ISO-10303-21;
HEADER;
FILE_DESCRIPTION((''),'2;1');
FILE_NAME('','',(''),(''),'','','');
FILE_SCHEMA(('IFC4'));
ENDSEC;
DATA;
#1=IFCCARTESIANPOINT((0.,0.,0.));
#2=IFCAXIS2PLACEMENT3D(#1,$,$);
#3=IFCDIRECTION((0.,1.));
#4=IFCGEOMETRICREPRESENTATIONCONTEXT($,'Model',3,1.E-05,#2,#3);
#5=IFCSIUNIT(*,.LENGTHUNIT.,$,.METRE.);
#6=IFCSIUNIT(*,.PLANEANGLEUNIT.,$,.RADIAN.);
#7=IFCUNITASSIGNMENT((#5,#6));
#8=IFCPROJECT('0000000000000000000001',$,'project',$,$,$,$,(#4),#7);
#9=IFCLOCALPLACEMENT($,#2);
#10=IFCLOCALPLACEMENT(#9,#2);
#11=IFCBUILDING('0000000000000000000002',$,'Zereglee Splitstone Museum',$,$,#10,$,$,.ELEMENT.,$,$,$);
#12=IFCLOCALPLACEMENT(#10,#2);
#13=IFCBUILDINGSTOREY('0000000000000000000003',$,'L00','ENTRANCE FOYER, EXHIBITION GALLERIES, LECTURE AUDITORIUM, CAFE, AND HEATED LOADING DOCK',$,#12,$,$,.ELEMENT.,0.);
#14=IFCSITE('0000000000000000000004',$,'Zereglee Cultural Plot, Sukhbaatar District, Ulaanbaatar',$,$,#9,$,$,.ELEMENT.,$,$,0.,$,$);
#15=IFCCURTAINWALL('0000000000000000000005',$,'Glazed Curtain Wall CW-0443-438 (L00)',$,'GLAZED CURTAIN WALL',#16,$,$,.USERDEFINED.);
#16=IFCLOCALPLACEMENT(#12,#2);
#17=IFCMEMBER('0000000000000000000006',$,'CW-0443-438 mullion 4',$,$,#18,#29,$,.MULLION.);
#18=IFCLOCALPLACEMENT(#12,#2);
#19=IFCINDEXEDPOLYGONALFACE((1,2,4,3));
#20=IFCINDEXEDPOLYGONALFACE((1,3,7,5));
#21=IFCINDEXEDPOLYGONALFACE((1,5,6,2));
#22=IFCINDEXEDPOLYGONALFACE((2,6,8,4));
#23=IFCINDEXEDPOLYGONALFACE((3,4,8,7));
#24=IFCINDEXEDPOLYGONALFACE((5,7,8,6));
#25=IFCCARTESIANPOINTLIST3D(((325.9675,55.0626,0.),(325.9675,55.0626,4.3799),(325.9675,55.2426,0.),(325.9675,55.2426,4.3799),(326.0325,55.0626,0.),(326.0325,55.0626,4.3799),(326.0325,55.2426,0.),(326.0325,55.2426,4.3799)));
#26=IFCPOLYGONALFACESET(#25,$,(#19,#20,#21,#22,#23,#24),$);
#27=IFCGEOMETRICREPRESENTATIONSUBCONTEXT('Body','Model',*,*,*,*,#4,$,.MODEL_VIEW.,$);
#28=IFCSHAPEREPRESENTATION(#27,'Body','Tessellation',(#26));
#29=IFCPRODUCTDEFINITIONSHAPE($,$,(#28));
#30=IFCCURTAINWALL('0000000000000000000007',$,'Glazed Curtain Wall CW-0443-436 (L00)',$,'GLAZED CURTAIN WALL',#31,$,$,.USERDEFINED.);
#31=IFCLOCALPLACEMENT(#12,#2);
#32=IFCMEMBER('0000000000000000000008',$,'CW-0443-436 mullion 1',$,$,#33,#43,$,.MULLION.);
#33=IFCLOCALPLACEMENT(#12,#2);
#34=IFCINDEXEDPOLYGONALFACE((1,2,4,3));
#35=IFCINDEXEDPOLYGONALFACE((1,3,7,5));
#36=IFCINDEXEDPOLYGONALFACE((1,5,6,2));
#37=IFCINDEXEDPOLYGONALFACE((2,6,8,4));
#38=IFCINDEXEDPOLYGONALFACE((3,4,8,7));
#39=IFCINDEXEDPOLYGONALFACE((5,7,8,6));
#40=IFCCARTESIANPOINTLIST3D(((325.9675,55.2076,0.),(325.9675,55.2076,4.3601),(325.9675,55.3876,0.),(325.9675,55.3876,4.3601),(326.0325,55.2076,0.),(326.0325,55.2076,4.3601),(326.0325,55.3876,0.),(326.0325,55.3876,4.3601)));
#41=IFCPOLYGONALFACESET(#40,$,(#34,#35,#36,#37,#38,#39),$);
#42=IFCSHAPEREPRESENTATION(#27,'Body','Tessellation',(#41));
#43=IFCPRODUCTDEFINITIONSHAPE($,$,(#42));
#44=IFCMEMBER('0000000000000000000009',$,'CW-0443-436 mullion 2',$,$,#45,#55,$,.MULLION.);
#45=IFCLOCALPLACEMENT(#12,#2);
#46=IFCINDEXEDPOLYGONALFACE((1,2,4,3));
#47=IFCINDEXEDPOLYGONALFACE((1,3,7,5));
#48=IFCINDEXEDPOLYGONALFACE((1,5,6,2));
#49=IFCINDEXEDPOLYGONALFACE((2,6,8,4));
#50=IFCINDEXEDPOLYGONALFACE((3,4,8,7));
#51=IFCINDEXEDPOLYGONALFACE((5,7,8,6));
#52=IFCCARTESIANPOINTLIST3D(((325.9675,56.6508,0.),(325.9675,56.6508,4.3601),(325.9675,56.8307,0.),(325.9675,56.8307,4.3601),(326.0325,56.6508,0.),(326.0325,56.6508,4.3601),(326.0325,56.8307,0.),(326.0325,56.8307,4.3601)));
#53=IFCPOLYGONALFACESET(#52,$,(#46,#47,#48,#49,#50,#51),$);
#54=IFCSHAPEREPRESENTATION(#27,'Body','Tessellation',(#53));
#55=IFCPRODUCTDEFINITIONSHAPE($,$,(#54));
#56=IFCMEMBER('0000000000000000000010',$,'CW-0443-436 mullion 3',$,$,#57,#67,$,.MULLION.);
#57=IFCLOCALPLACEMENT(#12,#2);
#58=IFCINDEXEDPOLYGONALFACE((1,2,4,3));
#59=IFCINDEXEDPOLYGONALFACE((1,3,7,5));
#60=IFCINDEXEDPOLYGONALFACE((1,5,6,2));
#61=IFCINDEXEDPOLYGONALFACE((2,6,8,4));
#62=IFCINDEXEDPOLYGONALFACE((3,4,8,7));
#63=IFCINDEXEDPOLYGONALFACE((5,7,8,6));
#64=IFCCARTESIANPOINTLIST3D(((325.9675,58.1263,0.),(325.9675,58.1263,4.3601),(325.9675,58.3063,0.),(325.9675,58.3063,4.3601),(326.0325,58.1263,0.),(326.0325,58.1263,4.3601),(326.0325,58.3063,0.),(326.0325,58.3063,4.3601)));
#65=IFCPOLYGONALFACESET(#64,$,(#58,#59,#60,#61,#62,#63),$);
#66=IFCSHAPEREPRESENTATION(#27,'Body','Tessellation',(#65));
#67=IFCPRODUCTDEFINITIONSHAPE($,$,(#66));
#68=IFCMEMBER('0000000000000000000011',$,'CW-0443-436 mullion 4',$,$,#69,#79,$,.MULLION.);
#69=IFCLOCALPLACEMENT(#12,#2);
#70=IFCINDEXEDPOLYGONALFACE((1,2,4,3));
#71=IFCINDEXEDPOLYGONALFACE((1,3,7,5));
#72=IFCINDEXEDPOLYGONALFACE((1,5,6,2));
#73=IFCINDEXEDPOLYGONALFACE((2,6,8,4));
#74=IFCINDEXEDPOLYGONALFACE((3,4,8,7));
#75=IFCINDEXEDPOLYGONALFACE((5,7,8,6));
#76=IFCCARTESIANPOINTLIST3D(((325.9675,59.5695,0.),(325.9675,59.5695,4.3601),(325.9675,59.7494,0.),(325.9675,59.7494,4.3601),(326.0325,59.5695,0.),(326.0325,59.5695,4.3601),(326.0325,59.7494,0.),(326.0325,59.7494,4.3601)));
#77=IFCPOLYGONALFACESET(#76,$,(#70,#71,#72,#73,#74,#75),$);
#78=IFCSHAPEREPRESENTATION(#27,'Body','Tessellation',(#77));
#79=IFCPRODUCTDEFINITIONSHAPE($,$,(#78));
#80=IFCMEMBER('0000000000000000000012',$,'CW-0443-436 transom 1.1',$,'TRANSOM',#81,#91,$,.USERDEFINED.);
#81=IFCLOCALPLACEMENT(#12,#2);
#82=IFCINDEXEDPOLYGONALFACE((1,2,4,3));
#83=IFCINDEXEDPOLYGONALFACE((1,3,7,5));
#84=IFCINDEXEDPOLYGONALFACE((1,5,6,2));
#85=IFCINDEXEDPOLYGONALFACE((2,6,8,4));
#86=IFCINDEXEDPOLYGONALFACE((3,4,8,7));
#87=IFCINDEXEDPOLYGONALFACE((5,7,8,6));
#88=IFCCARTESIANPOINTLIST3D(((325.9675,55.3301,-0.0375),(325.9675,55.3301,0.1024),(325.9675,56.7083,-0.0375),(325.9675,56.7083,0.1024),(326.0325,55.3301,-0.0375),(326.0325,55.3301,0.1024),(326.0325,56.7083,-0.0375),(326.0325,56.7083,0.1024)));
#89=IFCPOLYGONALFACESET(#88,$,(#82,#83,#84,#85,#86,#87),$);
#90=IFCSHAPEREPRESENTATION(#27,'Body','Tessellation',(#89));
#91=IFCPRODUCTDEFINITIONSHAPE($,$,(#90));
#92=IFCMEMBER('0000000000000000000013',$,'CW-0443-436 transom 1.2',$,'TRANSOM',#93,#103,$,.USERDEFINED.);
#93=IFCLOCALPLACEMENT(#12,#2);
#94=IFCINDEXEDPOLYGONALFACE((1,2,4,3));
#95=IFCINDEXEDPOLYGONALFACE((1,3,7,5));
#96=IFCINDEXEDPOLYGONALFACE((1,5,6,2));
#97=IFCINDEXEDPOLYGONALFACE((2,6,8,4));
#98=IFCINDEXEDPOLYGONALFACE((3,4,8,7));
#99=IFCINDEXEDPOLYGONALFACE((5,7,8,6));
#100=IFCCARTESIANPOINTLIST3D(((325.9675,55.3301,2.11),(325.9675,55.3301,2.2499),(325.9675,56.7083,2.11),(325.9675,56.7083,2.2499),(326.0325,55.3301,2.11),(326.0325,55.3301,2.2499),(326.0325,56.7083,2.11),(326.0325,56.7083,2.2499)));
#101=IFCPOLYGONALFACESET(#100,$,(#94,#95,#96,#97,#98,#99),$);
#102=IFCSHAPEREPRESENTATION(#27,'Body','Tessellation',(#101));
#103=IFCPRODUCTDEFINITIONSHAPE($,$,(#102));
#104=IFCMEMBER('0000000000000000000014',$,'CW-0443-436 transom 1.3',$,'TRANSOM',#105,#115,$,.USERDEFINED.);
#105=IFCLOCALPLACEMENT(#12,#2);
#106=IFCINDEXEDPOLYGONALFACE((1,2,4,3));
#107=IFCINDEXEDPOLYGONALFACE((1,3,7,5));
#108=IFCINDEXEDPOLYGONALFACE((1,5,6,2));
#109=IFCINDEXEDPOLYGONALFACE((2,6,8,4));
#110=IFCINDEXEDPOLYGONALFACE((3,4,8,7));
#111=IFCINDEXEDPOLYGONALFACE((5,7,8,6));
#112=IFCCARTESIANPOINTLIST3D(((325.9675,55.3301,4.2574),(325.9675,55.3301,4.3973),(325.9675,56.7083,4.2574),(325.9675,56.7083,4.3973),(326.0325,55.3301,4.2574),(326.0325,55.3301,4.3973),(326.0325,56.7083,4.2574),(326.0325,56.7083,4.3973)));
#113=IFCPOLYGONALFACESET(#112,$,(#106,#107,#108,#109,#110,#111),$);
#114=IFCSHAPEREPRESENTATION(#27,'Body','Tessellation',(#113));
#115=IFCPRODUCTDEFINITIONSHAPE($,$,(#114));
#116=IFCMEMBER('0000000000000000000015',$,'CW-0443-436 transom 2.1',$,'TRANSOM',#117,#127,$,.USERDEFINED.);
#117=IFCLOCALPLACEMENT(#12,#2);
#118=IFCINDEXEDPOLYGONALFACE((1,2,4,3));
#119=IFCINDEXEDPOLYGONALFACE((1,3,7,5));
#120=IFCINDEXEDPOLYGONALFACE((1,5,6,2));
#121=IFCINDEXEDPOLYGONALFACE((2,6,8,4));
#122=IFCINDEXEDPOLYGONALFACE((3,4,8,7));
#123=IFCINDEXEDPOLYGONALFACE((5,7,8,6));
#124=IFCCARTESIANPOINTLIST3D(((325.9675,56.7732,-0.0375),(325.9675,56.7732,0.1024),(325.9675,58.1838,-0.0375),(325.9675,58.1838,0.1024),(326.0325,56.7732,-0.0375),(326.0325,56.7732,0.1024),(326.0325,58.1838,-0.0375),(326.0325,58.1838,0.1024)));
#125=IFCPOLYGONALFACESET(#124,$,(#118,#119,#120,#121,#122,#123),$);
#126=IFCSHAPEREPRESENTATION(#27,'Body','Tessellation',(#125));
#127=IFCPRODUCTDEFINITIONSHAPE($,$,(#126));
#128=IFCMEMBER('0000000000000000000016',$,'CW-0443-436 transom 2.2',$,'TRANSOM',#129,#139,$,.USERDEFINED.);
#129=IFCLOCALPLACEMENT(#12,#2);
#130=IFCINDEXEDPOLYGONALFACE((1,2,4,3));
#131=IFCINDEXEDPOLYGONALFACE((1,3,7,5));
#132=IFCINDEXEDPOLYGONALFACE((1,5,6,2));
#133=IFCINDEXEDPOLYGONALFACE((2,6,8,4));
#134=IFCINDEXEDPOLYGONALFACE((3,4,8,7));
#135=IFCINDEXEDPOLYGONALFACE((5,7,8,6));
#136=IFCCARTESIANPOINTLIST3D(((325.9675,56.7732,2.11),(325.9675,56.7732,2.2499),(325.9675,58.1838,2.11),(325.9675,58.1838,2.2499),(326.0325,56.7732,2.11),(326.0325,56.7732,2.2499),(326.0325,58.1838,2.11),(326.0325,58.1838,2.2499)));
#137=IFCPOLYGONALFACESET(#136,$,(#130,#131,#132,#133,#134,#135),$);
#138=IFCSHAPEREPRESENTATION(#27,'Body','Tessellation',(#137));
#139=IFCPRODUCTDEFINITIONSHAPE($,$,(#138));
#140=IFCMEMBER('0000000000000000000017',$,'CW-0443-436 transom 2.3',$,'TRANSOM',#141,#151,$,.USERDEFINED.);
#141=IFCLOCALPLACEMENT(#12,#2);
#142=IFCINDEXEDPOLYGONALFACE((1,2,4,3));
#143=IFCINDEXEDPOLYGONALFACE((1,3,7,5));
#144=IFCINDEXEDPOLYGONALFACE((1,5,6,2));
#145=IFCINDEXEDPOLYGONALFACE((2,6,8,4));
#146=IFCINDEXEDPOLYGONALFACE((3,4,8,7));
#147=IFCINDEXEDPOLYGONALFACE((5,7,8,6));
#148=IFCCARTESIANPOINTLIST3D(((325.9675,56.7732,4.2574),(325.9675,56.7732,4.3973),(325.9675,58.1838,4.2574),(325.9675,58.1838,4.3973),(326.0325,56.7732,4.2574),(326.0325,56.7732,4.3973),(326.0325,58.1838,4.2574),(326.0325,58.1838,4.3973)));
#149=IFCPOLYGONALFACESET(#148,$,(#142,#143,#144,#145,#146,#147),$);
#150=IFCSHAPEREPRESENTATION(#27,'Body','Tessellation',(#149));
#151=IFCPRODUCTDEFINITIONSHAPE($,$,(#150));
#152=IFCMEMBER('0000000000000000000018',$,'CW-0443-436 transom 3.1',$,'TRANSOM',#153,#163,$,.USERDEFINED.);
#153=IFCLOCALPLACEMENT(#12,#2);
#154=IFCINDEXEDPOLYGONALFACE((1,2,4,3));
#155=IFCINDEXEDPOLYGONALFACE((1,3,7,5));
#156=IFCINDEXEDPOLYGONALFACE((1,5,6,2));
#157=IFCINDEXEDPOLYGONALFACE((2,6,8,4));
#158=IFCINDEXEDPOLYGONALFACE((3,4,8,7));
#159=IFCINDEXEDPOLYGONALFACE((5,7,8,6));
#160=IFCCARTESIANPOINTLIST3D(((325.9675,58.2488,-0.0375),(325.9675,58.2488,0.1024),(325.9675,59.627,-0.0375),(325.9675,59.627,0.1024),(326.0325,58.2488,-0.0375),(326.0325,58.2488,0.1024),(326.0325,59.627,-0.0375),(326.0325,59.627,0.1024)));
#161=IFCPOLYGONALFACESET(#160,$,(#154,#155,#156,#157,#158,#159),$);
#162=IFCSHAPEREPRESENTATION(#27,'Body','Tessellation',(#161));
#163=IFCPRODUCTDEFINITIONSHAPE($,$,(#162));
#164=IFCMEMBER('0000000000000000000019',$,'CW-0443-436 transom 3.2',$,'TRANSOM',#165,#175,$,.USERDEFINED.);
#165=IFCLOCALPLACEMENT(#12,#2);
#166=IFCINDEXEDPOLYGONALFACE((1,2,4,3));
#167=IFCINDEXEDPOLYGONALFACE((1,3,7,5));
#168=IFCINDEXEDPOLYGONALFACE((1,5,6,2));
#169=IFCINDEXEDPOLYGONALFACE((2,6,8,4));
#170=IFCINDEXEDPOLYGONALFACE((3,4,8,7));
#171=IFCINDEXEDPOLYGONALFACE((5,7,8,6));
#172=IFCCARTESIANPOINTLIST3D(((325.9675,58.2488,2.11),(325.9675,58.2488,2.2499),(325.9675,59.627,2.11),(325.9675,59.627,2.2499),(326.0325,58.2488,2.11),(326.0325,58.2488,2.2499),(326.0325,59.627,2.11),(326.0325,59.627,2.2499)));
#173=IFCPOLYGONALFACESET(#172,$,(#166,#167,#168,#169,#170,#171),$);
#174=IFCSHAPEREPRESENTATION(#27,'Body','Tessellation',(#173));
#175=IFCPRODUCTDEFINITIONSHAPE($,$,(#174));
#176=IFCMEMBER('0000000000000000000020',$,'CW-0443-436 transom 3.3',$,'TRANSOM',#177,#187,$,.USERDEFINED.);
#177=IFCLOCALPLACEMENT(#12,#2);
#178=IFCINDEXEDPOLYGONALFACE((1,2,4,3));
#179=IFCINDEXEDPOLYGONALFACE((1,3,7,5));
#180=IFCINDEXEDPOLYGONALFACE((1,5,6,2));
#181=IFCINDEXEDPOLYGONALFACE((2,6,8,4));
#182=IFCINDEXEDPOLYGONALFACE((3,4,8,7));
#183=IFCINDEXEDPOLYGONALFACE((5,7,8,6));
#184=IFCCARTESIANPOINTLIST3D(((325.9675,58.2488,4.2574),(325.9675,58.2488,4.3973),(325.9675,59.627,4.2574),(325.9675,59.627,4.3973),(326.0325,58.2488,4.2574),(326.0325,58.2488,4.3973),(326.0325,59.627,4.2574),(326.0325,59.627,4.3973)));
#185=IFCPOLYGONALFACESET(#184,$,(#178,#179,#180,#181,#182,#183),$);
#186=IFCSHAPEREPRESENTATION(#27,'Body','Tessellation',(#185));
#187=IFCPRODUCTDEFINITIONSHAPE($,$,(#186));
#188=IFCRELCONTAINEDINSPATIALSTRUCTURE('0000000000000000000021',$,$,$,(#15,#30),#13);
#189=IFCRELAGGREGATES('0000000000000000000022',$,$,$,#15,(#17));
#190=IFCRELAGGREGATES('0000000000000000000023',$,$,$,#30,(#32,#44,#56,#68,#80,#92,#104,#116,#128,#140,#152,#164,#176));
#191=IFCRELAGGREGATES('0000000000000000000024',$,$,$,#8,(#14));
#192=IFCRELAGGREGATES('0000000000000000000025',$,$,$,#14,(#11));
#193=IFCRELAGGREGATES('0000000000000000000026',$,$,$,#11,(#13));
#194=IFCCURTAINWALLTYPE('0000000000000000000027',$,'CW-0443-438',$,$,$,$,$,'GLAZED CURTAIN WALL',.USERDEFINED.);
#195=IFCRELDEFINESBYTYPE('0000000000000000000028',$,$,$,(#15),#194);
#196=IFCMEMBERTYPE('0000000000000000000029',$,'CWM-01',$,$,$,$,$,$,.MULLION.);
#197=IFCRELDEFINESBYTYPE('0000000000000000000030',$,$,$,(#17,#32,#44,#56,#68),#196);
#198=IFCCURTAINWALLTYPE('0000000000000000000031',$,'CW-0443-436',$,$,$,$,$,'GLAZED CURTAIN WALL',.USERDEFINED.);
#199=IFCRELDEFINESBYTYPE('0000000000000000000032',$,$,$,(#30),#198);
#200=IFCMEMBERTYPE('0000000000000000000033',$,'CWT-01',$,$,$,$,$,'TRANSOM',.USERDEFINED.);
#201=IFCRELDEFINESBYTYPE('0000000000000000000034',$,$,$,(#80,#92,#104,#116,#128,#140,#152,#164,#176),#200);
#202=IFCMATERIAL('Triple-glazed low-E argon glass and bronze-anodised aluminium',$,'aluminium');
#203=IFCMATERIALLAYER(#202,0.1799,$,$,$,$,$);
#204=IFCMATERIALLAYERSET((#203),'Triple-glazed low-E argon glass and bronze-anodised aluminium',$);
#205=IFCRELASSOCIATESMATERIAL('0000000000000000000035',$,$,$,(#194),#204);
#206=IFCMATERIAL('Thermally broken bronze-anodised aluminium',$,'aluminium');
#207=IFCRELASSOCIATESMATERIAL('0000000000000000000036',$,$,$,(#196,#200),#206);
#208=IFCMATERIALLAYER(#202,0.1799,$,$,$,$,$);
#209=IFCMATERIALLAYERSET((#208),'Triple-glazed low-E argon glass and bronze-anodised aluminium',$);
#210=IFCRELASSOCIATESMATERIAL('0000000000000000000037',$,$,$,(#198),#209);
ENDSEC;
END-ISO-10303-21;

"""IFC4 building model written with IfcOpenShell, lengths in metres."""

from ifc_helpers import new_model, si_unit, direction, frame, origin, origin_2d, place, context, subcontext, project, spatial, rectangle, extrude, material, layer, layer_set, material_profile, profile_set, type_object, element, aggregate, save


model = new_model("IFC4")

# Units and contexts
model_context = context("Model", 3, precision=1e-05, world=origin(), true_north=direction((0.0, 1.0)))
body_context = subcontext(model_context, "Body", "Model", "MODEL_VIEW")
ifc_project = project(units=[si_unit("LENGTHUNIT", "METRE"), si_unit("PLANEANGLEUNIT", "RADIAN")], contexts=[model_context])

# Site, building, storey
site_placement = place(None, origin())
site = spatial("IfcSite", under=ifc_project, at=site_placement, Name="Zereglee Cultural Plot, Sukhbaatar District, Ulaanbaatar", CompositionType="ELEMENT", RefElevation=0.0)
building_placement = place(site_placement, origin())
building = spatial("IfcBuilding", under=site, at=building_placement, Name="Zereglee Splitstone Museum", CompositionType="ELEMENT")
storey_placement = place(building_placement, origin())
storey = spatial("IfcBuildingStorey", under=building, at=storey_placement, Name="L00", Description="ENTRANCE FOYER, EXHIBITION GALLERIES, LECTURE AUDITORIUM, CAFE, AND HEATED LOADING DOCK", CompositionType="ELEMENT", Elevation=0.0)

# Curtain wall, member
ifc_material_1 = material(Name="Triple-glazed low-E argon glass and bronze-anodised aluminium", Category="aluminium")
ifc_layer_1 = layer(ifc_material_1, 0.1799)
ifc_layer_set_1 = layer_set([ifc_layer_1], Name="Triple-glazed low-E argon glass and bronze-anodised aluminium")
curtain_wall_type_1 = type_object("IfcCurtainWallType", Name="CW-0443-438", ElementType="GLAZED CURTAIN WALL", PredefinedType="USERDEFINED", material=ifc_layer_set_1)
curtain_wall_1_placement = place(storey_placement, origin())
curtain_wall_1 = element("IfcCurtainWall", 1, at=curtain_wall_1_placement, inside=storey, type_object=curtain_wall_type_1, Name="Glazed Curtain Wall CW-0443-438 (L00)", ObjectType="GLAZED CURTAIN WALL", PredefinedType="USERDEFINED")
ifc_material_2 = material(Name="Thermally broken bronze-anodised aluminium", Category="aluminium")
ifc_material_profile_1 = material_profile(ifc_material_2, rectangle(XDim=0.0649, YDim=0.1799, at=origin_2d()), Name="CW MULL 65x180")
ifc_profile_set_1 = profile_set([ifc_material_profile_1], Name="Thermally broken bronze-anodised aluminium")
member_type_1 = type_object("IfcMemberType", Name="CWM-01", PredefinedType="MULLION", material=ifc_profile_set_1)
member_1_placement = place(storey_placement, frame((326.0, 55.1526, 0.0), z_axis=(0.0, 0.0, 1.0), x_axis=(-1.0, 0.0, 0.0)))
member_1 = element("IfcMember", 2, at=member_1_placement, type_object=member_type_1, Name="CW-0443-438 mullion 4", PredefinedType="MULLION", context=body_context, shape_type="SweptSolid", body=[
    extrude(rectangle(XDim=0.0649, YDim=0.1799, at=origin_2d()), origin(), (0.0, 0.0, 1.0), 4.3799),
])

# Curtain wall, members
ifc_layer_2 = layer(ifc_material_1, 0.1799)
ifc_layer_set_2 = layer_set([ifc_layer_2], Name="Triple-glazed low-E argon glass and bronze-anodised aluminium")
curtain_wall_type_2 = type_object("IfcCurtainWallType", Name="CW-0443-436", ElementType="GLAZED CURTAIN WALL", PredefinedType="USERDEFINED", material=ifc_layer_set_2)
curtain_wall_2_placement = place(storey_placement, origin())
curtain_wall_2 = element("IfcCurtainWall", 3, at=curtain_wall_2_placement, inside=storey, type_object=curtain_wall_type_2, Name="Glazed Curtain Wall CW-0443-436 (L00)", ObjectType="GLAZED CURTAIN WALL", PredefinedType="USERDEFINED")
member_2_placement = place(storey_placement, frame((326.0, 55.2976, 0.0), z_axis=(0.0, 0.0, 1.0), x_axis=(-1.0, 0.0, 0.0)))
member_2 = element("IfcMember", 4, at=member_2_placement, type_object=member_type_1, Name="CW-0443-436 mullion 1", PredefinedType="MULLION", context=body_context, shape_type="SweptSolid", body=[
    extrude(rectangle(XDim=0.0649, YDim=0.1799, at=origin_2d()), origin(), (0.0, 0.0, 1.0), 4.3601),
])
member_3_placement = place(storey_placement, frame((326.0, 56.7407, 0.0), z_axis=(0.0, 0.0, 1.0), x_axis=(-1.0, 0.0, 0.0)))
member_3 = element("IfcMember", 5, at=member_3_placement, type_object=member_type_1, Name="CW-0443-436 mullion 2", PredefinedType="MULLION", context=body_context, shape_type="SweptSolid", body=[
    extrude(rectangle(XDim=0.0649, YDim=0.1799, at=origin_2d()), origin(), (0.0, 0.0, 1.0), 4.3601),
])
member_4_placement = place(storey_placement, frame((326.0, 58.2163, 0.0), z_axis=(0.0, 0.0, 1.0), x_axis=(-1.0, 0.0, 0.0)))
member_4 = element("IfcMember", 6, at=member_4_placement, type_object=member_type_1, Name="CW-0443-436 mullion 3", PredefinedType="MULLION", context=body_context, shape_type="SweptSolid", body=[
    extrude(rectangle(XDim=0.0649, YDim=0.1799, at=origin_2d()), origin(), (0.0, 0.0, 1.0), 4.3601),
])
member_5_placement = place(storey_placement, frame((326.0, 59.6594, 0.0), z_axis=(0.0, 0.0, 1.0), x_axis=(-1.0, 0.0, 0.0)))
member_5 = element("IfcMember", 7, at=member_5_placement, type_object=member_type_1, Name="CW-0443-436 mullion 4", PredefinedType="MULLION", context=body_context, shape_type="SweptSolid", body=[
    extrude(rectangle(XDim=0.0649, YDim=0.1799, at=origin_2d()), origin(), (0.0, 0.0, 1.0), 4.3601),
])
ifc_material_profile_2 = material_profile(ifc_material_2, rectangle(XDim=0.0649, YDim=0.1399, at=origin_2d()), Name="CW TRAN 65x140")
ifc_profile_set_2 = profile_set([ifc_material_profile_2], Name="Thermally broken bronze-anodised aluminium")
member_type_2 = type_object("IfcMemberType", Name="CWT-01", ElementType="TRANSOM", PredefinedType="USERDEFINED", material=ifc_profile_set_2)
member_6_placement = place(storey_placement, frame((326.0, 55.3301, 0.0325), z_axis=(0.0, 1.0, 0.0), x_axis=(-1.0, 0.0, 0.0)))
member_6 = element("IfcMember", 8, at=member_6_placement, type_object=member_type_2, Name="CW-0443-436 transom 1.1", ObjectType="TRANSOM", PredefinedType="USERDEFINED", context=body_context, shape_type="SweptSolid", body=[
    extrude(rectangle(XDim=0.0649, YDim=0.1399, at=origin_2d()), origin(), (0.0, 0.0, 1.0), 1.3782),
])
member_7_placement = place(storey_placement, frame((326.0, 55.3301, 2.1799), z_axis=(0.0, 1.0, 0.0), x_axis=(-1.0, 0.0, 0.0)))
member_7 = element("IfcMember", 9, at=member_7_placement, type_object=member_type_2, Name="CW-0443-436 transom 1.2", ObjectType="TRANSOM", PredefinedType="USERDEFINED", context=body_context, shape_type="SweptSolid", body=[
    extrude(rectangle(XDim=0.0649, YDim=0.1399, at=origin_2d()), origin(), (0.0, 0.0, 1.0), 1.3782),
])
member_8_placement = place(storey_placement, frame((326.0, 55.3301, 4.3274), z_axis=(0.0, 1.0, 0.0), x_axis=(-1.0, 0.0, 0.0)))
member_8 = element("IfcMember", 10, at=member_8_placement, type_object=member_type_2, Name="CW-0443-436 transom 1.3", ObjectType="TRANSOM", PredefinedType="USERDEFINED", context=body_context, shape_type="SweptSolid", body=[
    extrude(rectangle(XDim=0.0649, YDim=0.1399, at=origin_2d()), origin(), (0.0, 0.0, 1.0), 1.3782),
])
member_9_placement = place(storey_placement, frame((326.0, 56.7732, 0.0325), z_axis=(0.0, 1.0, 0.0), x_axis=(-1.0, 0.0, 0.0)))
member_9 = element("IfcMember", 11, at=member_9_placement, type_object=member_type_2, Name="CW-0443-436 transom 2.1", ObjectType="TRANSOM", PredefinedType="USERDEFINED", context=body_context, shape_type="SweptSolid", body=[
    extrude(rectangle(XDim=0.0649, YDim=0.1399, at=origin_2d()), origin(), (0.0, 0.0, 1.0), 1.4106),
])
member_10_placement = place(storey_placement, frame((326.0, 56.7732, 2.1799), z_axis=(0.0, 1.0, 0.0), x_axis=(-1.0, 0.0, 0.0)))
member_10 = element("IfcMember", 12, at=member_10_placement, type_object=member_type_2, Name="CW-0443-436 transom 2.2", ObjectType="TRANSOM", PredefinedType="USERDEFINED", context=body_context, shape_type="SweptSolid", body=[
    extrude(rectangle(XDim=0.0649, YDim=0.1399, at=origin_2d()), origin(), (0.0, 0.0, 1.0), 1.4106),
])
member_11_placement = place(storey_placement, frame((326.0, 56.7732, 4.3274), z_axis=(0.0, 1.0, 0.0), x_axis=(-1.0, 0.0, 0.0)))
member_11 = element("IfcMember", 13, at=member_11_placement, type_object=member_type_2, Name="CW-0443-436 transom 2.3", ObjectType="TRANSOM", PredefinedType="USERDEFINED", context=body_context, shape_type="SweptSolid", body=[
    extrude(rectangle(XDim=0.0649, YDim=0.1399, at=origin_2d()), origin(), (0.0, 0.0, 1.0), 1.4106),
])
member_12_placement = place(storey_placement, frame((326.0, 58.2488, 0.0325), z_axis=(0.0, 1.0, 0.0), x_axis=(-1.0, 0.0, 0.0)))
member_12 = element("IfcMember", 14, at=member_12_placement, type_object=member_type_2, Name="CW-0443-436 transom 3.1", ObjectType="TRANSOM", PredefinedType="USERDEFINED", context=body_context, shape_type="SweptSolid", body=[
    extrude(rectangle(XDim=0.0649, YDim=0.1399, at=origin_2d()), origin(), (0.0, 0.0, 1.0), 1.3782),
])
member_13_placement = place(storey_placement, frame((326.0, 58.2488, 2.1799), z_axis=(0.0, 1.0, 0.0), x_axis=(-1.0, 0.0, 0.0)))
member_13 = element("IfcMember", 15, at=member_13_placement, type_object=member_type_2, Name="CW-0443-436 transom 3.2", ObjectType="TRANSOM", PredefinedType="USERDEFINED", context=body_context, shape_type="SweptSolid", body=[
    extrude(rectangle(XDim=0.0649, YDim=0.1399, at=origin_2d()), origin(), (0.0, 0.0, 1.0), 1.3782),
])
member_14_placement = place(storey_placement, frame((326.0, 58.2488, 4.3274), z_axis=(0.0, 1.0, 0.0), x_axis=(-1.0, 0.0, 0.0)))
member_14 = element("IfcMember", 16, at=member_14_placement, type_object=member_type_2, Name="CW-0443-436 transom 3.3", ObjectType="TRANSOM", PredefinedType="USERDEFINED", context=body_context, shape_type="SweptSolid", body=[
    extrude(rectangle(XDim=0.0649, YDim=0.1399, at=origin_2d()), origin(), (0.0, 0.0, 1.0), 1.3782),
])

aggregate(curtain_wall_1, [member_1])
aggregate(curtain_wall_2, [member_2, member_3, member_4, member_5, member_6, member_7, member_8, member_9, member_10, member_11, member_12, member_13, member_14])

save(model, "model.ifc")
